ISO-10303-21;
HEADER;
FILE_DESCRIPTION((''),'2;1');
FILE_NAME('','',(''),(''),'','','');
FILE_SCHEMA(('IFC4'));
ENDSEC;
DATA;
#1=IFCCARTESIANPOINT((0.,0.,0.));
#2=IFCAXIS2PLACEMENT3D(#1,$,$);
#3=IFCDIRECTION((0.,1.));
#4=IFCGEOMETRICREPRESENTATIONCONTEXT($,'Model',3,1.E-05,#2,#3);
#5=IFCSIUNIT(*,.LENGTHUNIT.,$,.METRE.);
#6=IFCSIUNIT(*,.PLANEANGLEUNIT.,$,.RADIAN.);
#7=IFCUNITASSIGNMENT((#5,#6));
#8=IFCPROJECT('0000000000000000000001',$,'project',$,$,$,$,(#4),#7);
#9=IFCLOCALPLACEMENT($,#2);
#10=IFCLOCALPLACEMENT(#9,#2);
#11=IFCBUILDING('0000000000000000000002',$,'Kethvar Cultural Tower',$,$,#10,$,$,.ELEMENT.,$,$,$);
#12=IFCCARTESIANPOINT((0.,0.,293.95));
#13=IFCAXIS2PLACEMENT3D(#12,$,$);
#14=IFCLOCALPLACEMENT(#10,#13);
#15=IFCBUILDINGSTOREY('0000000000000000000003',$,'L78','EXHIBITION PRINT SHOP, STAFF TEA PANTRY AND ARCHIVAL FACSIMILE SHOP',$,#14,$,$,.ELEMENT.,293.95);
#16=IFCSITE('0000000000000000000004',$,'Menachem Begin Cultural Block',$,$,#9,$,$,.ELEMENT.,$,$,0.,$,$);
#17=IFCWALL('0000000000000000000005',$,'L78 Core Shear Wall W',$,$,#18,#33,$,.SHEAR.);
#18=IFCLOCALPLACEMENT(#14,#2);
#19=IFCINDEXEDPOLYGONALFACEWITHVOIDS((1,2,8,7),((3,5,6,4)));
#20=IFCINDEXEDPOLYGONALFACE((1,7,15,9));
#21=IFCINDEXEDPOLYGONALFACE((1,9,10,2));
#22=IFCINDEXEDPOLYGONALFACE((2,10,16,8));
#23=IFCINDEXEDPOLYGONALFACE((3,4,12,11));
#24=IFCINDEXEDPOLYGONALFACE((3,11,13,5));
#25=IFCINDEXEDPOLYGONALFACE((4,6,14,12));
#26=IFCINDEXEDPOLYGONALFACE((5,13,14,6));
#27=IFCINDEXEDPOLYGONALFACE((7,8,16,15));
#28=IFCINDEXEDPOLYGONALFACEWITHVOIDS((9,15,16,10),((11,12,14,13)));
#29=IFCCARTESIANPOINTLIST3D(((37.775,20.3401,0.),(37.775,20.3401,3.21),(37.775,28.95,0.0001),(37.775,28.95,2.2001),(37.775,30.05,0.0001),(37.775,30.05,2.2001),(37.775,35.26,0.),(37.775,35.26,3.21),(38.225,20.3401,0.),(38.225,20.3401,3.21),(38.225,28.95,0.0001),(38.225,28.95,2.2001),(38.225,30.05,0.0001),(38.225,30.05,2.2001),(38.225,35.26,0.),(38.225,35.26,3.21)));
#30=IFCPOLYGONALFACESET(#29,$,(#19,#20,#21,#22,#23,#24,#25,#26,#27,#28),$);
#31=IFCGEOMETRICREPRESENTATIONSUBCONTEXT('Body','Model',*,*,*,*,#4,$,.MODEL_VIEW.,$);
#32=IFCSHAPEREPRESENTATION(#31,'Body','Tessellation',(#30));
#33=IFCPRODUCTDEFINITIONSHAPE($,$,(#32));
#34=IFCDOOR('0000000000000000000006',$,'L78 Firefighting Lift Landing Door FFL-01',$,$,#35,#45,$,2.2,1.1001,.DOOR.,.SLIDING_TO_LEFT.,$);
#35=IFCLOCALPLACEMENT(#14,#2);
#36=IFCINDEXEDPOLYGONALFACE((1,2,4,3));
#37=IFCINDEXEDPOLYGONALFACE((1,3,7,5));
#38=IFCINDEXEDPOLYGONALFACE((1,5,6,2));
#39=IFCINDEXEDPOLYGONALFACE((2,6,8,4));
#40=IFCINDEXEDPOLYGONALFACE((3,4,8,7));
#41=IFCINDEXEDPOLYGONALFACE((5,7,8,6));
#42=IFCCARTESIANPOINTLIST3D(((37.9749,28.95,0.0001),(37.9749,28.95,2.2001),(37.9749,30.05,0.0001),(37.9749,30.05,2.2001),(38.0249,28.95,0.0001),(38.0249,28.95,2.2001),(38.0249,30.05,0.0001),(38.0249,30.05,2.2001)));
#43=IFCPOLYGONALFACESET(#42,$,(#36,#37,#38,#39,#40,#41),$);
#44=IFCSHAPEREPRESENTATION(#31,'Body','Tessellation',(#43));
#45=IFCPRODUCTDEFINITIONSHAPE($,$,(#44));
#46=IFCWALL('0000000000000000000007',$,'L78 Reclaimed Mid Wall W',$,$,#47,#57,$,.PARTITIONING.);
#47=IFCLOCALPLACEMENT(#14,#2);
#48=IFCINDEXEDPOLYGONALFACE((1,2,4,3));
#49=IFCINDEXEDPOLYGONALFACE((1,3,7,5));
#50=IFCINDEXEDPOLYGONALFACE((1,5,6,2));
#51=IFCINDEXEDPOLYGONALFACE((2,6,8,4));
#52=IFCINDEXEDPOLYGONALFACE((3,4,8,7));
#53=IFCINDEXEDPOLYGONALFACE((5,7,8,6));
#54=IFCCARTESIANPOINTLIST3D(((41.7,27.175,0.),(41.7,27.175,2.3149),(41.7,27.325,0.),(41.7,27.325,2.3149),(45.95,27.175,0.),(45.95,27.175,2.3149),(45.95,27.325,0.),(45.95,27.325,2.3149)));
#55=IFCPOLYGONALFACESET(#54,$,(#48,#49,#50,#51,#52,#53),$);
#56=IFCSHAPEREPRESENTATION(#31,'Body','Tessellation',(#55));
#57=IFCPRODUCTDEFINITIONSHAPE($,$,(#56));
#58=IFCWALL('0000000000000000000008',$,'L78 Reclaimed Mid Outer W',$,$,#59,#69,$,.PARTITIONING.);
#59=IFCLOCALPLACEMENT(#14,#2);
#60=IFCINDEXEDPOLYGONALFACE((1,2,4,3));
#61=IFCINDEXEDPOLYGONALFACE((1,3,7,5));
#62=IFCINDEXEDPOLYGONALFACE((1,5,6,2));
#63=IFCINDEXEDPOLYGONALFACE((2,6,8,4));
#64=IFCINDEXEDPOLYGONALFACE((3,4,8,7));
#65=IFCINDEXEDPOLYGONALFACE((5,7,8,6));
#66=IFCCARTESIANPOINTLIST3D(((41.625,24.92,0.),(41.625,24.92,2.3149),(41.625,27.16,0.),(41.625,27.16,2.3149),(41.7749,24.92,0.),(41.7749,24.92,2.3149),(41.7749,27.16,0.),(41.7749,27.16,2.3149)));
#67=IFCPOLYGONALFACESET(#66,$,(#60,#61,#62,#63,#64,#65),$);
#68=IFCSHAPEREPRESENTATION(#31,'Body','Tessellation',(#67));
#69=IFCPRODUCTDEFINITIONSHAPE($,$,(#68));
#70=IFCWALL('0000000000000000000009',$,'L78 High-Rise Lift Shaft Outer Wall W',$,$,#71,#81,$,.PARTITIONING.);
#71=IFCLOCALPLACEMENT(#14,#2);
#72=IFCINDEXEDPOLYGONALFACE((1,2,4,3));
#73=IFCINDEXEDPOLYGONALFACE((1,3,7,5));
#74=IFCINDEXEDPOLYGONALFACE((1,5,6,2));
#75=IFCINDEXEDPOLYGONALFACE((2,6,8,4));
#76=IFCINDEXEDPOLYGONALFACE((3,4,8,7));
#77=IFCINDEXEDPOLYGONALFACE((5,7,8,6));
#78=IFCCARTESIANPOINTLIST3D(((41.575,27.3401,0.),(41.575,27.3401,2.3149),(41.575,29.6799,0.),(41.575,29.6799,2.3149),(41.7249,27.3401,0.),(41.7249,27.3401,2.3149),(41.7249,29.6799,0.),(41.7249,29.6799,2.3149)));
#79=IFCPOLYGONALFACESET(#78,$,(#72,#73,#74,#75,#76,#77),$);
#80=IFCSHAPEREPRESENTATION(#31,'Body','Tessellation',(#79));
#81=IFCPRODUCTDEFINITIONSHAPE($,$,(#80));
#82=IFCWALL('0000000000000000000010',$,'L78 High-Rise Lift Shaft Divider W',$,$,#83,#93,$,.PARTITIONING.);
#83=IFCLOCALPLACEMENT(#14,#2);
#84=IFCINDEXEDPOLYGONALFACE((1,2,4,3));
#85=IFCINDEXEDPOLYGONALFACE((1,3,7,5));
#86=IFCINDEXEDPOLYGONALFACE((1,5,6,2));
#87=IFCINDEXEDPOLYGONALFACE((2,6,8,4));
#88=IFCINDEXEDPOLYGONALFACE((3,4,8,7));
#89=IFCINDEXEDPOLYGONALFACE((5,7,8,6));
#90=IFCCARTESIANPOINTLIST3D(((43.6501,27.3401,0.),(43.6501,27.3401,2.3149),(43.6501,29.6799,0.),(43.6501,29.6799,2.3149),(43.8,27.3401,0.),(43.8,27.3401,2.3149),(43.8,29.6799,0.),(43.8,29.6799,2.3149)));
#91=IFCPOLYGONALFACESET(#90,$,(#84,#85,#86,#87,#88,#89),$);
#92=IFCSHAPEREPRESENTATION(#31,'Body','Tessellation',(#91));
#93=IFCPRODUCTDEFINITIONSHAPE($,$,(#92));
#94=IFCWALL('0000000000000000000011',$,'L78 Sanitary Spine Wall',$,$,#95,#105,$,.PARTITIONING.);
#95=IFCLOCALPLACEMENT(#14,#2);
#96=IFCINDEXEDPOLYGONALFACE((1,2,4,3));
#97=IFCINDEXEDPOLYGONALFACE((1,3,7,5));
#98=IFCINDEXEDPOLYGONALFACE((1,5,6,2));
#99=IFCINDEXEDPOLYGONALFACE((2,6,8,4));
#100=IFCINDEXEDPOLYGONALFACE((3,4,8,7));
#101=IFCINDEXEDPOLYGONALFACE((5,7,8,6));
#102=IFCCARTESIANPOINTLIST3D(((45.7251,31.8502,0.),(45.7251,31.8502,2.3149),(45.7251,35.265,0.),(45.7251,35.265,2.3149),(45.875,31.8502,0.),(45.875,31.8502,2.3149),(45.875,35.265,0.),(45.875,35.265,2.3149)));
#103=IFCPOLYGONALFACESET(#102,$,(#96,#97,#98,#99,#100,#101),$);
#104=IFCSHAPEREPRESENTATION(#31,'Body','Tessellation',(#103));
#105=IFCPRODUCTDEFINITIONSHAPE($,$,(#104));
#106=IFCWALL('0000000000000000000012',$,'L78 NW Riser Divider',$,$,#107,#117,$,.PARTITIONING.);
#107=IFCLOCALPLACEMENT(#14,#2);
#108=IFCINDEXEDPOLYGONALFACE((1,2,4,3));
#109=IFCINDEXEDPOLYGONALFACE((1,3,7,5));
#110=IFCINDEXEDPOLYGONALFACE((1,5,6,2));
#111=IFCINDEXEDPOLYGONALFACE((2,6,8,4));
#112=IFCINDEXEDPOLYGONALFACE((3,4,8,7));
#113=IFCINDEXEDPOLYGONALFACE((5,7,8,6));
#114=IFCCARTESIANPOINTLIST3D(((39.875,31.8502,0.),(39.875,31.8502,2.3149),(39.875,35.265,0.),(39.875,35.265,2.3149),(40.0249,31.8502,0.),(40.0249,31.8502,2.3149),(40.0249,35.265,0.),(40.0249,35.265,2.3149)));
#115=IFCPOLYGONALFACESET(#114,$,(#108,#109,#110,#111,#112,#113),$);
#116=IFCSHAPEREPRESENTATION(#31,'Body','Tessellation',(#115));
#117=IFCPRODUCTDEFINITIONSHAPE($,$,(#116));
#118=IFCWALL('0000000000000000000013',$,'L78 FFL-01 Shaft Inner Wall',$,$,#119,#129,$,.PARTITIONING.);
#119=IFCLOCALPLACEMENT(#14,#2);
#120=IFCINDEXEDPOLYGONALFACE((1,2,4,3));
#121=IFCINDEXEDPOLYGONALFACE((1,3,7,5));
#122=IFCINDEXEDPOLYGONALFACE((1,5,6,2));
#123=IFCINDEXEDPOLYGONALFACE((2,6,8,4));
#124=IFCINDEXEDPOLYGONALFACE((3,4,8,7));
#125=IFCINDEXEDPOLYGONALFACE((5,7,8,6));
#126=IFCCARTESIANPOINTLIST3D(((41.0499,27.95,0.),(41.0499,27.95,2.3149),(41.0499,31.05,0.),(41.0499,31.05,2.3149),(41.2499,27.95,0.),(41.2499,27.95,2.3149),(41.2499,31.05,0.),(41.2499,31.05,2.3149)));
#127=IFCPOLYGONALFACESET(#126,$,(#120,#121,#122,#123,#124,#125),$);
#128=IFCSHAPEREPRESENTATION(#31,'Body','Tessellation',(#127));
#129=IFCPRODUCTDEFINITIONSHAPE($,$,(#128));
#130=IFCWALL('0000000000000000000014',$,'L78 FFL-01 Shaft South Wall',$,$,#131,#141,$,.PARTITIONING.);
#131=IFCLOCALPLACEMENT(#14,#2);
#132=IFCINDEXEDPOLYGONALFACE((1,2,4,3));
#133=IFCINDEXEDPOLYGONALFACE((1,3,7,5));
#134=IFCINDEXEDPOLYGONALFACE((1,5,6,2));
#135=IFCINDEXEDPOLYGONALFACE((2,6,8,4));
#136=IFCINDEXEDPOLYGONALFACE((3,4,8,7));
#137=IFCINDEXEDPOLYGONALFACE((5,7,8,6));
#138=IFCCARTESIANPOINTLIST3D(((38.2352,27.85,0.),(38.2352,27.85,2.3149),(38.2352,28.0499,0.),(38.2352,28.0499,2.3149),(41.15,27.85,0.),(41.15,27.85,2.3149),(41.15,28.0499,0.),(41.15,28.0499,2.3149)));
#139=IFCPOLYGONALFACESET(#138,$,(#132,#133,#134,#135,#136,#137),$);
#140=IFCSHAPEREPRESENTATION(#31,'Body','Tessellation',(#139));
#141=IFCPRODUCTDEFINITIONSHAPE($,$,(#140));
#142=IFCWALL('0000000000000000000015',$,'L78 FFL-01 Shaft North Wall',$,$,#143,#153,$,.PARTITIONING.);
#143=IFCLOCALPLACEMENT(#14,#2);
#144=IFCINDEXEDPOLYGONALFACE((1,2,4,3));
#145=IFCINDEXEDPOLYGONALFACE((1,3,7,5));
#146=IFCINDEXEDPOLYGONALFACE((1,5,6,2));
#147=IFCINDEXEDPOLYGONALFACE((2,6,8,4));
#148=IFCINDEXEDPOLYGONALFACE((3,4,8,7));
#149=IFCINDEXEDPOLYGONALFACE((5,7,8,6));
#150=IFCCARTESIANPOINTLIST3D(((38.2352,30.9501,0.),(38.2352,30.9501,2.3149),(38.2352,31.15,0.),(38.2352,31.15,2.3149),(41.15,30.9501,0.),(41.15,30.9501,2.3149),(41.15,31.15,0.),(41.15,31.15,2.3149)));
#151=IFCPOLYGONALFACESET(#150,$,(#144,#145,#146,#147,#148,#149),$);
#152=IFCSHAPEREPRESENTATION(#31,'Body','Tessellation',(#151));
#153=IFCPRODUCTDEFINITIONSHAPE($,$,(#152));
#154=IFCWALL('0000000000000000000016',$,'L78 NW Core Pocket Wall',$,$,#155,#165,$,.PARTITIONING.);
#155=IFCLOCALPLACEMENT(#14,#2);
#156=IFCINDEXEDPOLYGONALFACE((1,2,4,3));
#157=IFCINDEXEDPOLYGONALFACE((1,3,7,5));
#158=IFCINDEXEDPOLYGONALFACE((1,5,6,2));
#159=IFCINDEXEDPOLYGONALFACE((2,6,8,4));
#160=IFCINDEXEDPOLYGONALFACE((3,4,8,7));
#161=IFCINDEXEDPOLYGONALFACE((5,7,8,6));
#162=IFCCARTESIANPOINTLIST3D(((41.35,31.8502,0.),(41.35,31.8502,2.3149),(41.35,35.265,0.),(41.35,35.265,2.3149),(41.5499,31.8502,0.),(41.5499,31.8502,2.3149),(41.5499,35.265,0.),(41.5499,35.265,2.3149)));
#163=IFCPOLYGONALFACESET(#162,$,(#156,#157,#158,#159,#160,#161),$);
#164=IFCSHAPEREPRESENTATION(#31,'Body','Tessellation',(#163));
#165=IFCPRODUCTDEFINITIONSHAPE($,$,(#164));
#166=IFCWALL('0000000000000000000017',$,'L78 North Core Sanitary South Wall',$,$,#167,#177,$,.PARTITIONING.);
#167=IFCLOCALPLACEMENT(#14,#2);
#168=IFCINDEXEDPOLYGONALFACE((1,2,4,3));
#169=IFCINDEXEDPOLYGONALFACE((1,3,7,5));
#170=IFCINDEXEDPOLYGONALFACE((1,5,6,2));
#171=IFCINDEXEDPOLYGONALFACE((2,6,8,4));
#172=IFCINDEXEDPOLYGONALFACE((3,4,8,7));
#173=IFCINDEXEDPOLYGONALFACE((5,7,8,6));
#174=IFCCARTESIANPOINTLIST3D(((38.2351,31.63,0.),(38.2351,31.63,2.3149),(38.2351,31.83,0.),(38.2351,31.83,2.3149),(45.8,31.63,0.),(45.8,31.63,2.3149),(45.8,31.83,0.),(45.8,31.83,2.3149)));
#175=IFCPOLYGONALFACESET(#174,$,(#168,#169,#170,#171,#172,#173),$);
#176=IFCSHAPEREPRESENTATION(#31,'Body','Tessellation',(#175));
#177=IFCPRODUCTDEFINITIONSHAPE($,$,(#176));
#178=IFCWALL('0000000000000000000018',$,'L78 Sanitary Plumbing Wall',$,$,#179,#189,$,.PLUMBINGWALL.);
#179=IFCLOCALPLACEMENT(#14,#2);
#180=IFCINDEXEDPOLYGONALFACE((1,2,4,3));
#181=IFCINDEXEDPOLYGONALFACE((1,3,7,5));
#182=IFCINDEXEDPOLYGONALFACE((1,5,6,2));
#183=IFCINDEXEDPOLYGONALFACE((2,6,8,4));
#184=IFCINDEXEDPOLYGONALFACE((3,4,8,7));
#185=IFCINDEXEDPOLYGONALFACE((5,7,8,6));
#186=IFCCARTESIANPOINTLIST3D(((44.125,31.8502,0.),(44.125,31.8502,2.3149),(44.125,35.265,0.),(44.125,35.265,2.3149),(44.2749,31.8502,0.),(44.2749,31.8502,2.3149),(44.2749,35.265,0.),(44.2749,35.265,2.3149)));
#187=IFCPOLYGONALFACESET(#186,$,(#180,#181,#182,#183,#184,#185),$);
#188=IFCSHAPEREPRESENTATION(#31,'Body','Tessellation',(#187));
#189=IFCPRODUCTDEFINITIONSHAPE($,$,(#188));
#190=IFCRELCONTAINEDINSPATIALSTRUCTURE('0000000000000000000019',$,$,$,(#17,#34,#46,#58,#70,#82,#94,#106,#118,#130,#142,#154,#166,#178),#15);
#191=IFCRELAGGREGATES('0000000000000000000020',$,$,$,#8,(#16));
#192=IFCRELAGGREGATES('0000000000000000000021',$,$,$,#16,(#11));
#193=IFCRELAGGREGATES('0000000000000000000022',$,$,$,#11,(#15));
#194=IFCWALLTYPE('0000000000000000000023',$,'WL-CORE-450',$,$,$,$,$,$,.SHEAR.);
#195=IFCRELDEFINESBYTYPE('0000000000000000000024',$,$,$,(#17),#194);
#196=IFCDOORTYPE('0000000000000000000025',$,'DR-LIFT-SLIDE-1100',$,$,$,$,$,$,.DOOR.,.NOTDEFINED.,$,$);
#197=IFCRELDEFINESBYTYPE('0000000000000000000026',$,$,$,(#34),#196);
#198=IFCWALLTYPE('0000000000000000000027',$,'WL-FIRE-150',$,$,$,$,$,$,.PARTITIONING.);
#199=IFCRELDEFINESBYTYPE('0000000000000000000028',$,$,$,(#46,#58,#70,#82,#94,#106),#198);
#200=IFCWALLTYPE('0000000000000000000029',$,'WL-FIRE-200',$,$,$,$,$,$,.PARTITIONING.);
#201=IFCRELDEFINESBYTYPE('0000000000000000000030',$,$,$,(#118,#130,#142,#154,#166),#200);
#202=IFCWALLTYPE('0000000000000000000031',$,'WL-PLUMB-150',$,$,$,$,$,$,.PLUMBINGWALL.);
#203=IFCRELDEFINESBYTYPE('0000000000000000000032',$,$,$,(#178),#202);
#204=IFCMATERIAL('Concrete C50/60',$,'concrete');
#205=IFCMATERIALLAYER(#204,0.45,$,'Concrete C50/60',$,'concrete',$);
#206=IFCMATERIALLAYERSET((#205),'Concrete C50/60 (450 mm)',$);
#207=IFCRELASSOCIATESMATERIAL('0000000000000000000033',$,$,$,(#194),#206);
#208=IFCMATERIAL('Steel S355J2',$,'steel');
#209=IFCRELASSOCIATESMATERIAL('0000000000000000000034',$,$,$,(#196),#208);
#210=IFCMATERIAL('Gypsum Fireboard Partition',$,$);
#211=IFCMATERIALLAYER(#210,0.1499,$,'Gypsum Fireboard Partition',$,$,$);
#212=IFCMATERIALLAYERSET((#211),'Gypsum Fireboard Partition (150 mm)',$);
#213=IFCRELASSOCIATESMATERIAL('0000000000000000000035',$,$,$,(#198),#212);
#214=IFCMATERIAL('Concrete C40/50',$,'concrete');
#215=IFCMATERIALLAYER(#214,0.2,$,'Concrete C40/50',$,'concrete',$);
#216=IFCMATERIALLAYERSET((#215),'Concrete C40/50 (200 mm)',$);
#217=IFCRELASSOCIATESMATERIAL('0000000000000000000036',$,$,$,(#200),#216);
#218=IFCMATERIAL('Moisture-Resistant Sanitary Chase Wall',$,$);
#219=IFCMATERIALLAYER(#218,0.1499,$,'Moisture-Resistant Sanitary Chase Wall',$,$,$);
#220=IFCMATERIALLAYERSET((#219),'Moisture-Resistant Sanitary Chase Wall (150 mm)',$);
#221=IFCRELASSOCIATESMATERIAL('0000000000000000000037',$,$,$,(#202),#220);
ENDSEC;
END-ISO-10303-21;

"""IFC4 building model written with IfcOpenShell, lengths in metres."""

from ifc_helpers import new_model, si_unit, direction, frame, frame_2d, origin, place, context, subcontext, project, spatial, rectangle, extrude, source, transform, mapped, material, layer, layer_set, type_object, element, fill, save


model = new_model("IFC4")

# Units and contexts
model_context = context("Model", 3, precision=1e-05, world=origin(), true_north=direction((0.0, 1.0)))
body_context = subcontext(model_context, "Body", "Model", "MODEL_VIEW")
ifc_project = project(units=[si_unit("LENGTHUNIT", "METRE"), si_unit("PLANEANGLEUNIT", "RADIAN")], contexts=[model_context])

# Site, building, storey
site_placement = place(None, origin())
site = spatial("IfcSite", under=ifc_project, at=site_placement, Name="Menachem Begin Cultural Block", CompositionType="ELEMENT", RefElevation=0.0)
building_placement = place(site_placement, origin())
building = spatial("IfcBuilding", under=site, at=building_placement, Name="Kethvar Cultural Tower", CompositionType="ELEMENT")
storey_placement = place(building_placement, frame((0.0, 0.0, 293.95)))
storey = spatial("IfcBuildingStorey", under=building, at=storey_placement, Name="L78", Description="EXHIBITION PRINT SHOP, STAFF TEA PANTRY AND ARCHIVAL FACSIMILE SHOP", CompositionType="ELEMENT", Elevation=293.95)

# Shared definitions
ifc_material_1 = material(Name="Steel S355J2", Category="steel")

# Wall, opening, door
ifc_material_2 = material(Name="Concrete C50/60", Category="concrete")
ifc_layer_1 = layer(ifc_material_2, 0.45, Name="Concrete C50/60", Category="concrete")
ifc_layer_set_1 = layer_set([ifc_layer_1], Name="Concrete C50/60 (450 mm)")
wall_type_1 = type_object("IfcWallType", Name="WL-CORE-450", PredefinedType="SHEAR", material=ifc_layer_set_1)
wall_1_placement = place(storey_placement, frame((38.0, 35.26, 0.0), z_axis=(0.0, 0.0, 1.0), x_axis=(0.0, -1.0, 0.0)))
wall_1 = element("IfcWall", 1, at=wall_1_placement, inside=storey, type_object=wall_type_1, Name="L78 Core Shear Wall W", PredefinedType="SHEAR", context=body_context, shape_type="SweptSolid", body=[
    extrude(rectangle(XDim=14.9199, YDim=0.45, at=frame_2d((7.46, 0.0))), origin(), (0.0, 0.0, 1.0), 3.21),
])
opening_1_placement = place(wall_1_placement, frame((5.21, 0.0, 0.0)))
opening_1 = element("IfcOpeningElement", 2, at=opening_1_placement, cuts=wall_1, PredefinedType="OPENING", context=body_context, shape_type="SweptSolid", body=[
    extrude(rectangle(XDim=1.1001, YDim=2.2, at=frame_2d((0.55, 1.1001))), frame((0.0, 0.2349, 0.0), z_axis=(0.0, -1.0, 0.0), x_axis=(1.0, 0.0, 0.0)), (0.0, 0.0, 1.0), 0.47),
])
door_type_1 = type_object("IfcDoorType", Name="DR-LIFT-SLIDE-1100", OperationType="NOTDEFINED", PredefinedType="DOOR", material=ifc_material_1)
shared_shape_1 = source(origin(), body_context, "Body", "SweptSolid", [
    extrude(rectangle(XDim=1.1001, YDim=2.2, at=frame_2d((0.55, 1.1001))), frame((0.0, 0.0249, 0.0), z_axis=(0.0, -1.0, 0.0), x_axis=(1.0, 0.0, 0.0)), (0.0, 0.0, 1.0), 0.05),
])
door_1_placement = place(opening_1_placement, origin())
door_1 = element("IfcDoor", 3, at=door_1_placement, inside=storey, type_object=door_type_1, Name="L78 Firefighting Lift Landing Door FFL-01", OperationType="SLIDING_TO_LEFT", OverallHeight=2.2, OverallWidth=1.1001, PredefinedType="DOOR", context=body_context, shape_type="MappedRepresentation", body=[
    mapped(shared_shape_1, transform((0.0, 0.0, 0.0), scale=1.0)),
])
fill(opening_1, door_1)

# Walls
ifc_material_3 = material(Name="Gypsum Fireboard Partition")
ifc_layer_2 = layer(ifc_material_3, 0.1499, Name="Gypsum Fireboard Partition")
ifc_layer_set_2 = layer_set([ifc_layer_2], Name="Gypsum Fireboard Partition (150 mm)")
wall_type_2 = type_object("IfcWallType", Name="WL-FIRE-150", PredefinedType="PARTITIONING", material=ifc_layer_set_2)
wall_2_placement = place(storey_placement, frame((41.7, 27.25, 0.0), z_axis=(0.0, 0.0, 1.0), x_axis=(1.0, 0.0, 0.0)))
element("IfcWall", 4, at=wall_2_placement, inside=storey, type_object=wall_type_2, Name="L78 Reclaimed Mid Wall W", PredefinedType="PARTITIONING", context=body_context, shape_type="SweptSolid", body=[
    extrude(rectangle(XDim=4.25, YDim=0.1499, at=frame_2d((2.125, 0.0))), origin(), (0.0, 0.0, 1.0), 2.3149),
])
wall_3_placement = place(storey_placement, frame((41.7, 24.9199, 0.0), z_axis=(0.0, 0.0, 1.0), x_axis=(0.0, 1.0, 0.0)))
element("IfcWall", 5, at=wall_3_placement, inside=storey, type_object=wall_type_2, Name="L78 Reclaimed Mid Outer W", PredefinedType="PARTITIONING", context=body_context, shape_type="SweptSolid", body=[
    extrude(rectangle(XDim=2.24, YDim=0.1499, at=frame_2d((1.1201, 0.0))), origin(), (0.0, 0.0, 1.0), 2.3149),
])

# Walls
for number, where, z_axis, x_axis, name in (
    (6, (41.6499, 27.3401, 0.0), (0.0, 0.0, 1.0), (0.0, 1.0, 0.0), "L78 High-Rise Lift Shaft Outer Wall W"),
    (7, (43.7251, 27.3401, 0.0), (0.0, 0.0, 1.0), (0.0, 1.0, 0.0), "L78 High-Rise Lift Shaft Divider W"),
):
    element("IfcWall", number, at=place(storey_placement, frame(where, z_axis=z_axis, x_axis=x_axis)), inside=storey, type_object=wall_type_2, Name=name, PredefinedType="PARTITIONING", context=body_context, shape_type="SweptSolid", body=[
        extrude(rectangle(XDim=2.3398, YDim=0.1499, at=frame_2d((1.1699, 0.0))), origin(), (0.0, 0.0, 1.0), 2.3149),
    ])
for number, where, z_axis, x_axis, name in (
    (8, (45.8, 31.8501, 0.0), (0.0, 0.0, 1.0), (0.0, 1.0, 0.0), "L78 Sanitary Spine Wall"),
    (9, (39.95, 31.8501, 0.0), (0.0, 0.0, 1.0), (0.0, 1.0, 0.0), "L78 NW Riser Divider"),
):
    element("IfcWall", number, at=place(storey_placement, frame(where, z_axis=z_axis, x_axis=x_axis)), inside=storey, type_object=wall_type_2, Name=name, PredefinedType="PARTITIONING", context=body_context, shape_type="SweptSolid", body=[
        extrude(rectangle(XDim=3.4148, YDim=0.1499, at=frame_2d((1.7075, 0.0))), origin(), (0.0, 0.0, 1.0), 2.3149),
    ])
ifc_material_4 = material(Name="Concrete C40/50", Category="concrete")
ifc_layer_3 = layer(ifc_material_4, 0.2, Name="Concrete C40/50", Category="concrete")
ifc_layer_set_3 = layer_set([ifc_layer_3], Name="Concrete C40/50 (200 mm)")
wall_type_3 = type_object("IfcWallType", Name="WL-FIRE-200", PredefinedType="PARTITIONING", material=ifc_layer_set_3)
wall_4_placement = place(storey_placement, frame((41.1499, 27.95, 0.0), z_axis=(0.0, 0.0, 1.0), x_axis=(0.0, 1.0, 0.0)))
element("IfcWall", 10, at=wall_4_placement, inside=storey, type_object=wall_type_3, Name="L78 FFL-01 Shaft Inner Wall", PredefinedType="PARTITIONING", context=body_context, shape_type="SweptSolid", body=[
    extrude(rectangle(XDim=3.1001, YDim=0.2, at=frame_2d((1.55, 0.0))), origin(), (0.0, 0.0, 1.0), 2.3149),
])
for number, where, z_axis, x_axis, name in (
    (11, (38.2351, 27.95, 0.0), (0.0, 0.0, 1.0), (1.0, 0.0, 0.0), "L78 FFL-01 Shaft South Wall"),
    (12, (38.2351, 31.05, 0.0), (0.0, 0.0, 1.0), (1.0, 0.0, 0.0), "L78 FFL-01 Shaft North Wall"),
):
    element("IfcWall", number, at=place(storey_placement, frame(where, z_axis=z_axis, x_axis=x_axis)), inside=storey, type_object=wall_type_3, Name=name, PredefinedType="PARTITIONING", context=body_context, shape_type="SweptSolid", body=[
        extrude(rectangle(XDim=2.9148, YDim=0.2, at=frame_2d((1.4575, 0.0))), origin(), (0.0, 0.0, 1.0), 2.3149),
    ])
wall_5_placement = place(storey_placement, frame((41.45, 31.8501, 0.0), z_axis=(0.0, 0.0, 1.0), x_axis=(0.0, 1.0, 0.0)))
element("IfcWall", 13, at=wall_5_placement, inside=storey, type_object=wall_type_3, Name="L78 NW Core Pocket Wall", PredefinedType="PARTITIONING", context=body_context, shape_type="SweptSolid", body=[
    extrude(rectangle(XDim=3.4148, YDim=0.2, at=frame_2d((1.7075, 0.0))), origin(), (0.0, 0.0, 1.0), 2.3149),
])
wall_6_placement = place(storey_placement, frame((38.2351, 31.73, 0.0), z_axis=(0.0, 0.0, 1.0), x_axis=(1.0, 0.0, 0.0)))
element("IfcWall", 14, at=wall_6_placement, inside=storey, type_object=wall_type_3, Name="L78 North Core Sanitary South Wall", PredefinedType="PARTITIONING", context=body_context, shape_type="SweptSolid", body=[
    extrude(rectangle(XDim=7.5649, YDim=0.2, at=frame_2d((3.7825, 0.0))), origin(), (0.0, 0.0, 1.0), 2.3149),
])
ifc_material_5 = material(Name="Moisture-Resistant Sanitary Chase Wall")
ifc_layer_4 = layer(ifc_material_5, 0.1499, Name="Moisture-Resistant Sanitary Chase Wall")
ifc_layer_set_4 = layer_set([ifc_layer_4], Name="Moisture-Resistant Sanitary Chase Wall (150 mm)")
wall_type_4 = type_object("IfcWallType", Name="WL-PLUMB-150", PredefinedType="PLUMBINGWALL", material=ifc_layer_set_4)
wall_7_placement = place(storey_placement, frame((44.2, 31.8501, 0.0), z_axis=(0.0, 0.0, 1.0), x_axis=(0.0, 1.0, 0.0)))
element("IfcWall", 15, at=wall_7_placement, inside=storey, type_object=wall_type_4, Name="L78 Sanitary Plumbing Wall", PredefinedType="PLUMBINGWALL", context=body_context, shape_type="SweptSolid", body=[
    extrude(rectangle(XDim=3.4148, YDim=0.1499, at=frame_2d((1.7075, 0.0))), origin(), (0.0, 0.0, 1.0), 2.3149),
])

save(model, "model.ifc")
